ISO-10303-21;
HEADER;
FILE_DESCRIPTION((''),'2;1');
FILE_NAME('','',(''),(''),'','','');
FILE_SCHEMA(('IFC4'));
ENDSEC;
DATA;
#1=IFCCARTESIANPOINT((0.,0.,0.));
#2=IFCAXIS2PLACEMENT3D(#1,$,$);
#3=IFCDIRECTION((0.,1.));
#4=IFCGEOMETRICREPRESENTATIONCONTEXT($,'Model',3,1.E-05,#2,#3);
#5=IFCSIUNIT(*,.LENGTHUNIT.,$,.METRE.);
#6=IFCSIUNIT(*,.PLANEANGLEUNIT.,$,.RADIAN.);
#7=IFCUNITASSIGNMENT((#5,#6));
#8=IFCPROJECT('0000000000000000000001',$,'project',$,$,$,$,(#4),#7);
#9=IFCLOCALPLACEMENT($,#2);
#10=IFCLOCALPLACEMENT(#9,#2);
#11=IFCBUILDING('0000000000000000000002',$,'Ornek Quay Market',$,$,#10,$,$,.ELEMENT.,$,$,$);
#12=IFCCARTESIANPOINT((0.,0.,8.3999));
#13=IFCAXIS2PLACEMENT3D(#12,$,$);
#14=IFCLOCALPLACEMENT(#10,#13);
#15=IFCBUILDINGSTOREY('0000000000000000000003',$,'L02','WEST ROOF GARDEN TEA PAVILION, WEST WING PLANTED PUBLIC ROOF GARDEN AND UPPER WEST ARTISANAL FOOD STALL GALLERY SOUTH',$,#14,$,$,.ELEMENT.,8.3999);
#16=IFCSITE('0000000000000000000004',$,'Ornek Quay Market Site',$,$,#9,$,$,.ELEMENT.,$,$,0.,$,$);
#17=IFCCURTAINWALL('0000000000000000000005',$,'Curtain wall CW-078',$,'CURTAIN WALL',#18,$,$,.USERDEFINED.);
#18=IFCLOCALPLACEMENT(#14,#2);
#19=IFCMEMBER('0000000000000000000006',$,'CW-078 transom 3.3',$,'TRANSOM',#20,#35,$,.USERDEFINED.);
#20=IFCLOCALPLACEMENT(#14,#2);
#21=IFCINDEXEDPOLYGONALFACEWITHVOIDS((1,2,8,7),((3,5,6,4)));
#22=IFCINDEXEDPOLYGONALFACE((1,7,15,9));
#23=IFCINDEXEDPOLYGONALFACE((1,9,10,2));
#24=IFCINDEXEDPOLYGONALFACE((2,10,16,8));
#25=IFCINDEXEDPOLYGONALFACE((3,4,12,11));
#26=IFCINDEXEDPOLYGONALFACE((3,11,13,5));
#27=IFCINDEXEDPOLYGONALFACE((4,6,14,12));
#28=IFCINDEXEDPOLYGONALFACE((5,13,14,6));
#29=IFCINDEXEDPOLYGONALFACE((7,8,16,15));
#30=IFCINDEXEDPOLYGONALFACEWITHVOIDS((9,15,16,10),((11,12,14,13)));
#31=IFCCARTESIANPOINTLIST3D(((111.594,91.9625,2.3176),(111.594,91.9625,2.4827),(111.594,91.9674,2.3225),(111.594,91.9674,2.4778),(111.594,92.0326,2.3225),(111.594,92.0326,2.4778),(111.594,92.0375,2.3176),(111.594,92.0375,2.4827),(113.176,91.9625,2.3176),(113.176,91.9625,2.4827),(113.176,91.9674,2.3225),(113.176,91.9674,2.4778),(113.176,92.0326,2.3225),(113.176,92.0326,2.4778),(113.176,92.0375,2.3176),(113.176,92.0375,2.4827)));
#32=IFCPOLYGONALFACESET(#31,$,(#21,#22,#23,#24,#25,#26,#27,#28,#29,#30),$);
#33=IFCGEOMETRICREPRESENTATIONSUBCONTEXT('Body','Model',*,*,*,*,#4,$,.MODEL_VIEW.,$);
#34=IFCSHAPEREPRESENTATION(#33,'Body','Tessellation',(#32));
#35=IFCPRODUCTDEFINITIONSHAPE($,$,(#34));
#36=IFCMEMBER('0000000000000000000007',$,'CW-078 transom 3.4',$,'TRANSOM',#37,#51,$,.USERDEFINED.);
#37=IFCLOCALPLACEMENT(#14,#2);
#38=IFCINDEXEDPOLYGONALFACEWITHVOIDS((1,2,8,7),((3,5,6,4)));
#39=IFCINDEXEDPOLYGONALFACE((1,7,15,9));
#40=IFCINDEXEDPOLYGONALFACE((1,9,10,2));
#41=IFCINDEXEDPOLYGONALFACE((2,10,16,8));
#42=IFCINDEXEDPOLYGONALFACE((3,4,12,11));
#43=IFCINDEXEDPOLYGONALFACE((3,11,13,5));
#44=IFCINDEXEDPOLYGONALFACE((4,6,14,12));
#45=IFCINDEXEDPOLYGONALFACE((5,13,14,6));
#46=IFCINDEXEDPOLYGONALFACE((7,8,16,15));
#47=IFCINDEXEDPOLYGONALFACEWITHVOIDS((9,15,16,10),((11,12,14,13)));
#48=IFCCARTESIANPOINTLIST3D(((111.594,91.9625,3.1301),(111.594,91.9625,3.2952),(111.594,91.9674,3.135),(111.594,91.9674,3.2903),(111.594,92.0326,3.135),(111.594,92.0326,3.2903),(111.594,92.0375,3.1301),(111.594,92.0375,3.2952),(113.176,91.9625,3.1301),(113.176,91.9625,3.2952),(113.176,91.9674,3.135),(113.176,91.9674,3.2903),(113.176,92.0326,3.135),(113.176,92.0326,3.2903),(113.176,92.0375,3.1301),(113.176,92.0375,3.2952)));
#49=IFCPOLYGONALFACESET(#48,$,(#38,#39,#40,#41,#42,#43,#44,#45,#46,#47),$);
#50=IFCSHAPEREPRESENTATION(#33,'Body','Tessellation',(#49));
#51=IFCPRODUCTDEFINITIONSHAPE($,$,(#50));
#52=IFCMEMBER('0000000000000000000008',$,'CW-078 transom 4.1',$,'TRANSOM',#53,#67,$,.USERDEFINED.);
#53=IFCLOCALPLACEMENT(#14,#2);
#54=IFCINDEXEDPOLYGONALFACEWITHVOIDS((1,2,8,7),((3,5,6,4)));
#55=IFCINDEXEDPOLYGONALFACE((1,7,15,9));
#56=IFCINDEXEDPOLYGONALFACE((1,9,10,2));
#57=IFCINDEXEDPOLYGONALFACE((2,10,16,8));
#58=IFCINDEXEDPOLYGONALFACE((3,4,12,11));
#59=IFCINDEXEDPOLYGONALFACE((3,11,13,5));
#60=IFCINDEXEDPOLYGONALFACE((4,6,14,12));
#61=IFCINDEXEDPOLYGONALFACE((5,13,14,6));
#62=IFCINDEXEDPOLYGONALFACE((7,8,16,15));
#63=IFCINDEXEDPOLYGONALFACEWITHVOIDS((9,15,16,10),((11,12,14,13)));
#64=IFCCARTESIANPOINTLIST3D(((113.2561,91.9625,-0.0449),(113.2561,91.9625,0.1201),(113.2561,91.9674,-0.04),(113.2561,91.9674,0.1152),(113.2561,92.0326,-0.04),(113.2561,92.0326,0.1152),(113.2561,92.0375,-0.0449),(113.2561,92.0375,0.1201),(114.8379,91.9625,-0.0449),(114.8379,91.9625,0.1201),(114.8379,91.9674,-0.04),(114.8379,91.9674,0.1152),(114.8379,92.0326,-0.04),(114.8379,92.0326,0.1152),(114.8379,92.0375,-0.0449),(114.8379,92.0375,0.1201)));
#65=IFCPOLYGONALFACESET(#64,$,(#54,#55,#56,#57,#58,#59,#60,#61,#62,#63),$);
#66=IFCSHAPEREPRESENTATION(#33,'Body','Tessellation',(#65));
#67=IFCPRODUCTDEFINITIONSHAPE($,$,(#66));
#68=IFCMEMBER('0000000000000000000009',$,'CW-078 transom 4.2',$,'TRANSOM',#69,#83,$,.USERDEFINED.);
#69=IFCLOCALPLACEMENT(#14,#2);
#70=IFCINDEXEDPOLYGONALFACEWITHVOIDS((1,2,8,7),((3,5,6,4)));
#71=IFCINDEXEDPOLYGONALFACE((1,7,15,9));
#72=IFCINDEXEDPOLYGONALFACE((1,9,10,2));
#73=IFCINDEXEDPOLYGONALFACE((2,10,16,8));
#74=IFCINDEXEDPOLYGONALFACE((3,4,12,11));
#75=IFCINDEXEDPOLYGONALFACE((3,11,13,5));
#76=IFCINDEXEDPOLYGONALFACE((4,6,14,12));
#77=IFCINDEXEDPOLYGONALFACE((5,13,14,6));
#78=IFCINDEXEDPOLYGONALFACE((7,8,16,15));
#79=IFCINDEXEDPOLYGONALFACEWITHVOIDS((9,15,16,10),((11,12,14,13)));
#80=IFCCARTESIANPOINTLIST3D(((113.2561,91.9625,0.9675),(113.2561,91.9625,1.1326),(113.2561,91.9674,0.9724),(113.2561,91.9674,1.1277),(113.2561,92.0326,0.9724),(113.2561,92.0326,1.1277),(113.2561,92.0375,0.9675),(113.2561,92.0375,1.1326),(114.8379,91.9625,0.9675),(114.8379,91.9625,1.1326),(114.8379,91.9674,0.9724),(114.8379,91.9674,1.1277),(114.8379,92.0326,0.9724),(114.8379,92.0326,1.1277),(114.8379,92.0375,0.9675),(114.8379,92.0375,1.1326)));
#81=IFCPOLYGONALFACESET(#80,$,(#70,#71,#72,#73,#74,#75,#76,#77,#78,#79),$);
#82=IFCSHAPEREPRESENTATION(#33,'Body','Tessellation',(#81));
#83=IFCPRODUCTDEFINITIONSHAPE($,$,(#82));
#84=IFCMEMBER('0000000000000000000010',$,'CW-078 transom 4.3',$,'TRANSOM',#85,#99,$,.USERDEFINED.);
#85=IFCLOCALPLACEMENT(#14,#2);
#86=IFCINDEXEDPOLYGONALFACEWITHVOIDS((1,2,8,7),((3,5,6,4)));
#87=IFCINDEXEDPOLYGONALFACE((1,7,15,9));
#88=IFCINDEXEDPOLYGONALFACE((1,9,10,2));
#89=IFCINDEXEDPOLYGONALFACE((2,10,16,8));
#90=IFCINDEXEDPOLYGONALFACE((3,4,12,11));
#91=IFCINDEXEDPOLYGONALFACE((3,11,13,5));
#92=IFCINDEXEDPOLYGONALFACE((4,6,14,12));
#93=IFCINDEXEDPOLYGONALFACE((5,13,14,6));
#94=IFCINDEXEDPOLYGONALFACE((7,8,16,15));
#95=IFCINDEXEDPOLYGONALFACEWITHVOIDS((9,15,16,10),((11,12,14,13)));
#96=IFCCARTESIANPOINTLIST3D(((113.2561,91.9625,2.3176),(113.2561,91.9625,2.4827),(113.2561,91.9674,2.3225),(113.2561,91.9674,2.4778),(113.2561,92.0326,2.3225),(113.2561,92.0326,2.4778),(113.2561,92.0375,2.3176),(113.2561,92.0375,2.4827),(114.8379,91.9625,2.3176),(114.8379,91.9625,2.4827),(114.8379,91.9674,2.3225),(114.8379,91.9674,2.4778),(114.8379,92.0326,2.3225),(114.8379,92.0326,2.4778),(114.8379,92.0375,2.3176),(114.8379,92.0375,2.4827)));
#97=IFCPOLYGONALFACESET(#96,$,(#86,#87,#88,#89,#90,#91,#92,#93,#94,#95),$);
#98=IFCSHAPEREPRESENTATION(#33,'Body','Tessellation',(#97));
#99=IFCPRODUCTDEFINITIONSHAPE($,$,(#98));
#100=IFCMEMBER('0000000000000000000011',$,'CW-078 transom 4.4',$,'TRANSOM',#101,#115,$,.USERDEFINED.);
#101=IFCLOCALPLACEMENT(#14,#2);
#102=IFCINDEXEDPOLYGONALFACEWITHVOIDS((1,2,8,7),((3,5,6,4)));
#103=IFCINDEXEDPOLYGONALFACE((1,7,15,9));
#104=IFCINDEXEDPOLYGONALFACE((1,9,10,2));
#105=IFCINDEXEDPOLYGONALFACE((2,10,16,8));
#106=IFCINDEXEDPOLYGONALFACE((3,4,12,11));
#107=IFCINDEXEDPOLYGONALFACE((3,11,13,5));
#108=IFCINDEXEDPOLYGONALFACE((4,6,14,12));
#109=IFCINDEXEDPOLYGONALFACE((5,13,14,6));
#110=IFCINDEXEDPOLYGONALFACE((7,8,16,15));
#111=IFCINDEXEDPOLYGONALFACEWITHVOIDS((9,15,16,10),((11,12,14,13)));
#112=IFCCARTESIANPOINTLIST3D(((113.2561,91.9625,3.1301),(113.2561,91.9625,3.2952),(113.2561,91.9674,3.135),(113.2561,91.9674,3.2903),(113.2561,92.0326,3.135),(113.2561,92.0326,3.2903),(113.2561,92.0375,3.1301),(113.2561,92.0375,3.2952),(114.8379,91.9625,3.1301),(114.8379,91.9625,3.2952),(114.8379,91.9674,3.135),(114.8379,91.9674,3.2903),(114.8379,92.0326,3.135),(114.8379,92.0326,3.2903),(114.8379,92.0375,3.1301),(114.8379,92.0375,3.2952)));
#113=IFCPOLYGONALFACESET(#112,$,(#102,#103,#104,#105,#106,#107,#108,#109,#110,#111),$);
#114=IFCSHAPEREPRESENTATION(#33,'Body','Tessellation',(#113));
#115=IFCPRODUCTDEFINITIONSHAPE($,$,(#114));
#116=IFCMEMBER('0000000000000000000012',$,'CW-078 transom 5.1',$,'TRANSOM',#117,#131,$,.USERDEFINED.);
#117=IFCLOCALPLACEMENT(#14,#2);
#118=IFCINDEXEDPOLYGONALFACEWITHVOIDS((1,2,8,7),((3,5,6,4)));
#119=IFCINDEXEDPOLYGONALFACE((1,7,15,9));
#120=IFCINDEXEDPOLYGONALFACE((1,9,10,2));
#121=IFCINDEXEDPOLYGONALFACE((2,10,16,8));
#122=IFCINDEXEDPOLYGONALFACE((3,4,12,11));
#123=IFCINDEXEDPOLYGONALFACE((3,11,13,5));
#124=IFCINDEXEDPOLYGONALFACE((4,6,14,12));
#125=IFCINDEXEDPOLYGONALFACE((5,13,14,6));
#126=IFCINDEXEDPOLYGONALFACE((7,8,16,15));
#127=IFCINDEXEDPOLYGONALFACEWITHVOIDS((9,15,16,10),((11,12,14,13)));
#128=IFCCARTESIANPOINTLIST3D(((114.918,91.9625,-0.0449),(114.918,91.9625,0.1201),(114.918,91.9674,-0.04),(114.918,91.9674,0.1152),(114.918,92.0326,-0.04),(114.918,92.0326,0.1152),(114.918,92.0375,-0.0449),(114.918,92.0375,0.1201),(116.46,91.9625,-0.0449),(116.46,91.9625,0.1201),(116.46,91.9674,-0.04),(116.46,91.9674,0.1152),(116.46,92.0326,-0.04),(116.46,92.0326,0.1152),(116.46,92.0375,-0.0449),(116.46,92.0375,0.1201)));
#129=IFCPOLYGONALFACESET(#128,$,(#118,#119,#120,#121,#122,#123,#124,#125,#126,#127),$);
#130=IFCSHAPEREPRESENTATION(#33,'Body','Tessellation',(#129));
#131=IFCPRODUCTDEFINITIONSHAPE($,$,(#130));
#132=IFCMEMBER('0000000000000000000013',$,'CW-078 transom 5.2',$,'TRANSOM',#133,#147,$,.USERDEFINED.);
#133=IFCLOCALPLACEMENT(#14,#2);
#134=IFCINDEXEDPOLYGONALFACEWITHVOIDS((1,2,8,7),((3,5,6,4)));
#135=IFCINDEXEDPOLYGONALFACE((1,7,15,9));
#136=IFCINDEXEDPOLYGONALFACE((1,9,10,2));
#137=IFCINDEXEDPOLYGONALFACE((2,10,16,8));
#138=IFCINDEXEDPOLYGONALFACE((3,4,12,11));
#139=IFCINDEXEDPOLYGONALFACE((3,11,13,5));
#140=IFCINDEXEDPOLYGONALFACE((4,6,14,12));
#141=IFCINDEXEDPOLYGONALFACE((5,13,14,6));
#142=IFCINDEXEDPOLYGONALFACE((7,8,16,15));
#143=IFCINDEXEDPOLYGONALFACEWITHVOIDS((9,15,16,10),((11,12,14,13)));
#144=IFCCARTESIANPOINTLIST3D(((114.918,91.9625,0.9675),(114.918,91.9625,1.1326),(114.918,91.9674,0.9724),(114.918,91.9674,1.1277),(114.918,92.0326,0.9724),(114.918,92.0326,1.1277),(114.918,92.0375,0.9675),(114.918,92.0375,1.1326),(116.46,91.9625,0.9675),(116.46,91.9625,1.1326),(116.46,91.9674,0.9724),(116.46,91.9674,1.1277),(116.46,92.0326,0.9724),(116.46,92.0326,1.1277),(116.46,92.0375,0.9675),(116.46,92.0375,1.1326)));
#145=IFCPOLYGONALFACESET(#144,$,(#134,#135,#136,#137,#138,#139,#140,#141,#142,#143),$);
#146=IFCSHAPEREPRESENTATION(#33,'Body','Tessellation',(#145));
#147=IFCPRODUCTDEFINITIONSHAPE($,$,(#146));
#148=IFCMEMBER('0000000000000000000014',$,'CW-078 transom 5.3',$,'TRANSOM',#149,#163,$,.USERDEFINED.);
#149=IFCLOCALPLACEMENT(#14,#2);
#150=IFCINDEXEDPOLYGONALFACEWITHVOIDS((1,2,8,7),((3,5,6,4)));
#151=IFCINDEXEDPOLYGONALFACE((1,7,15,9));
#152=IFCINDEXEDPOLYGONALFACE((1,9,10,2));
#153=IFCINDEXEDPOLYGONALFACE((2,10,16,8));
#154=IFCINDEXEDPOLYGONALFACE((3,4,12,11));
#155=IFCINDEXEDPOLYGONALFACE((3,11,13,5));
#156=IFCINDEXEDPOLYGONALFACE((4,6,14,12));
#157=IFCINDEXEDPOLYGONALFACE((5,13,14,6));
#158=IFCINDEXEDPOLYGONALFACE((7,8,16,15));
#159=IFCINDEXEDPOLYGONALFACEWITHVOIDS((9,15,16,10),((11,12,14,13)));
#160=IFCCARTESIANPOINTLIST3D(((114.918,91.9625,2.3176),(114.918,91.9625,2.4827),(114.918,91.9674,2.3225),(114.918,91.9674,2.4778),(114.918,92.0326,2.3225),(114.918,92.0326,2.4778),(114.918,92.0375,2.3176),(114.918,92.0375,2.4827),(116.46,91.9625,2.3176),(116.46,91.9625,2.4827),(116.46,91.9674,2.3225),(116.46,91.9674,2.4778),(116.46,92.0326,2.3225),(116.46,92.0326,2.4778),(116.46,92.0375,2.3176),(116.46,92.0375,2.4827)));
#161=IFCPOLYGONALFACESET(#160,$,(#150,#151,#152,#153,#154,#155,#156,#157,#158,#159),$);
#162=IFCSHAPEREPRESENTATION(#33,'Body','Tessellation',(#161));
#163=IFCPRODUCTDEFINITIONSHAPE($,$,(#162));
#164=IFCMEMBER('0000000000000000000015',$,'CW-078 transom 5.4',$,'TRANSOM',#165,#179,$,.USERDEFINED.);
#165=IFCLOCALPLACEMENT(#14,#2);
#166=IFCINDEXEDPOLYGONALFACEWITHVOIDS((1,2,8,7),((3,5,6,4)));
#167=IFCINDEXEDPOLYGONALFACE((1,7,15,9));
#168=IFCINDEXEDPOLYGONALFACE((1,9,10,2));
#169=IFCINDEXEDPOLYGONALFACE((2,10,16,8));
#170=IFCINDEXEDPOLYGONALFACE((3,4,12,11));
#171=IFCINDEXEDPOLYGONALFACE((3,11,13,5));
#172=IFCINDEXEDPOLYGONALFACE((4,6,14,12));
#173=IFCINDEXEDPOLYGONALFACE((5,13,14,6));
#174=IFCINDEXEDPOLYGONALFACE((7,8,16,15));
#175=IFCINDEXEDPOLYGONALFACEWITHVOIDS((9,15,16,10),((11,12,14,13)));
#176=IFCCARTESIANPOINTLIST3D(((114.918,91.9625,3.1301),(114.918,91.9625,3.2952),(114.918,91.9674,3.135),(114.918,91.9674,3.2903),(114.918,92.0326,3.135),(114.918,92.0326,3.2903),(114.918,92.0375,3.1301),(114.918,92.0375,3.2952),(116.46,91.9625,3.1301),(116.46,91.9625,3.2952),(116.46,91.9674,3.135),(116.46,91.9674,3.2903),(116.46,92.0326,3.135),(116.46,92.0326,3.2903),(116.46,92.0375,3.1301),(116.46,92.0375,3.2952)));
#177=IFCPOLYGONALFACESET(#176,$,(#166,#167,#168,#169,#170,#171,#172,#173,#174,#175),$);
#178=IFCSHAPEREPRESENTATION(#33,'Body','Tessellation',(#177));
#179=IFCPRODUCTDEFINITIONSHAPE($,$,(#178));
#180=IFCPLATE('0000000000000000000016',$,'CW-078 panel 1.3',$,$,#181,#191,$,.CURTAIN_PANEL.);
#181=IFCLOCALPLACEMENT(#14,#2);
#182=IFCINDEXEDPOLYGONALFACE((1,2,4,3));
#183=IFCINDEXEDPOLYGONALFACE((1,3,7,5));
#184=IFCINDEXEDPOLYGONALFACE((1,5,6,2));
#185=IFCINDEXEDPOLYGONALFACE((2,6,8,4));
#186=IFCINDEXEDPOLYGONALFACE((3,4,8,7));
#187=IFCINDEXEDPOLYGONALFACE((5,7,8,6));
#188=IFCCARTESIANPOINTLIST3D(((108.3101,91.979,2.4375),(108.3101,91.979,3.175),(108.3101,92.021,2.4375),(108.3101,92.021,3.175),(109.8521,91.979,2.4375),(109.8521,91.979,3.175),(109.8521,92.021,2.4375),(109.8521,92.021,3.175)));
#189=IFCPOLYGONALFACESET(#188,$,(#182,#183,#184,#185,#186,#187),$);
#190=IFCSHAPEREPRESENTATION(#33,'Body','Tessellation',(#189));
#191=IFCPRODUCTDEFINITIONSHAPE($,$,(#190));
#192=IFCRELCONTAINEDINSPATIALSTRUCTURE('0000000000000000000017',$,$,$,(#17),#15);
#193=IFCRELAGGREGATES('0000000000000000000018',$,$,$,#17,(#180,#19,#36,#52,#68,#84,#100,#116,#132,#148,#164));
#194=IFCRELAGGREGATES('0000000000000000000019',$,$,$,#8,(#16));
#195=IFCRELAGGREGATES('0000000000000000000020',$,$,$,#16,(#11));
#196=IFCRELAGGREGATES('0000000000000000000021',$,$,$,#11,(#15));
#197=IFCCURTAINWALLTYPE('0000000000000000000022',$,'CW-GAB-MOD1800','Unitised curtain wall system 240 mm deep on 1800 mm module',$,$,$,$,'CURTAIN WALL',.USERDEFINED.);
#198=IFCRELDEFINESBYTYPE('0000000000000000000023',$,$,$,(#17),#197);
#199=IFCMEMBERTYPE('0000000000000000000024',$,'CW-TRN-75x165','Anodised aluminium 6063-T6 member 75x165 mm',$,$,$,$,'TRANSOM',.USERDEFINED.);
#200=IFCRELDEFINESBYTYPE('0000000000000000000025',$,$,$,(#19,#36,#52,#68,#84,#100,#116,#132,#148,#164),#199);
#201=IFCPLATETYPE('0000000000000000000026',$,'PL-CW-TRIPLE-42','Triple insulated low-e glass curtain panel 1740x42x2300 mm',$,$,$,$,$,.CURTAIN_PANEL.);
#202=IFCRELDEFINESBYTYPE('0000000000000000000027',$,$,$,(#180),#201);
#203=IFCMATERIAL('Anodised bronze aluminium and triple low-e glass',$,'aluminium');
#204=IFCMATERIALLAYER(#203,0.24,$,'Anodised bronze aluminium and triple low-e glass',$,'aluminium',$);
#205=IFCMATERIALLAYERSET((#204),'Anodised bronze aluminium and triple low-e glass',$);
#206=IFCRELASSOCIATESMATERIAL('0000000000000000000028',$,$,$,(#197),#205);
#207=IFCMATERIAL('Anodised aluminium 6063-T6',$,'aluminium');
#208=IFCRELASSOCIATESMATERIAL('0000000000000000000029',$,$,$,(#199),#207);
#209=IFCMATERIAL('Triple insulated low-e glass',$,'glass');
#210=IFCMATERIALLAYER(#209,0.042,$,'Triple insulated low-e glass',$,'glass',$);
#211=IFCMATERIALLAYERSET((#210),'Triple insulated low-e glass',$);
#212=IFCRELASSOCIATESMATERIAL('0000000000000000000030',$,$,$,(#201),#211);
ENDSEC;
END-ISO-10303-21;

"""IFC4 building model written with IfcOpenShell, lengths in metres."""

from ifc_helpers import new_model, si_unit, direction, frame, origin, origin_2d, place, context, subcontext, project, spatial, rectangle, hollow_rectangle, extrude, material, layer, layer_set, material_profile, profile_set, type_object, element, aggregate, save


model = new_model("IFC4")

# Units and contexts
model_context = context("Model", 3, precision=1e-05, world=origin(), true_north=direction((0.0, 1.0)))
body_context = subcontext(model_context, "Body", "Model", "MODEL_VIEW")
ifc_project = project(units=[si_unit("LENGTHUNIT", "METRE"), si_unit("PLANEANGLEUNIT", "RADIAN")], contexts=[model_context])

# Site, building, storey
site_placement = place(None, origin())
site = spatial("IfcSite", under=ifc_project, at=site_placement, Name="Ornek Quay Market Site", CompositionType="ELEMENT", RefElevation=0.0)
building_placement = place(site_placement, origin())
building = spatial("IfcBuilding", under=site, at=building_placement, Name="Ornek Quay Market", CompositionType="ELEMENT")
storey_placement = place(building_placement, frame((0.0, 0.0, 8.3999)))
storey = spatial("IfcBuildingStorey", under=building, at=storey_placement, Name="L02", Description="WEST ROOF GARDEN TEA PAVILION, WEST WING PLANTED PUBLIC ROOF GARDEN AND UPPER WEST ARTISANAL FOOD STALL GALLERY SOUTH", CompositionType="ELEMENT", Elevation=8.3999)

# Curtain wall, members, plate
ifc_material_1 = material(Name="Anodised bronze aluminium and triple low-e glass", Category="aluminium")
ifc_layer_1 = layer(ifc_material_1, 0.24, Name="Anodised bronze aluminium and triple low-e glass", Category="aluminium")
ifc_layer_set_1 = layer_set([ifc_layer_1], Name="Anodised bronze aluminium and triple low-e glass")
curtain_wall_type = type_object("IfcCurtainWallType", Name="CW-GAB-MOD1800", Description="Unitised curtain wall system 240 mm deep on 1800 mm module", ElementType="CURTAIN WALL", PredefinedType="USERDEFINED", material=ifc_layer_set_1)
curtain_wall_placement = place(storey_placement, origin())
curtain_wall = element("IfcCurtainWall", 1, at=curtain_wall_placement, inside=storey, type_object=curtain_wall_type, Name="Curtain wall CW-078", ObjectType="CURTAIN WALL", PredefinedType="USERDEFINED")
ifc_material_2 = material(Name="Anodised aluminium 6063-T6", Category="aluminium")
ifc_material_profile_1 = material_profile(ifc_material_2, hollow_rectangle(XDim=0.075, YDim=0.165, WallThickness=0.0049, at=origin_2d()), Name="CW-TRN-75x165", Category="aluminium")
ifc_profile_set_1 = profile_set([ifc_material_profile_1], Name="Anodised aluminium 6063-T6")
member_type_1 = type_object("IfcMemberType", Name="CW-TRN-75x165", Description="Anodised aluminium 6063-T6 member 75x165 mm", ElementType="TRANSOM", PredefinedType="USERDEFINED", material=ifc_profile_set_1)
member_1_placement = place(storey_placement, frame((111.594, 92.0, 2.4001), z_axis=(1.0, 0.0, 0.0), x_axis=(0.0, 1.0, 0.0)))
member_1 = element("IfcMember", 2, at=member_1_placement, type_object=member_type_1, Name="CW-078 transom 3.3", ObjectType="TRANSOM", PredefinedType="USERDEFINED", context=body_context, shape_type="SweptSolid", body=[
    extrude(hollow_rectangle(XDim=0.075, YDim=0.165, WallThickness=0.0049, at=origin_2d()), origin(), (0.0, 0.0, 1.0), 1.582),
])
member_2_placement = place(storey_placement, frame((111.594, 92.0, 3.2126), z_axis=(1.0, 0.0, 0.0), x_axis=(0.0, 1.0, 0.0)))
member_2 = element("IfcMember", 3, at=member_2_placement, type_object=member_type_1, Name="CW-078 transom 3.4", ObjectType="TRANSOM", PredefinedType="USERDEFINED", context=body_context, shape_type="SweptSolid", body=[
    extrude(hollow_rectangle(XDim=0.075, YDim=0.165, WallThickness=0.0049, at=origin_2d()), origin(), (0.0, 0.0, 1.0), 1.582),
])
member_3_placement = place(storey_placement, frame((113.2561, 92.0, 0.0376), z_axis=(1.0, 0.0, 0.0), x_axis=(0.0, 1.0, 0.0)))
member_3 = element("IfcMember", 4, at=member_3_placement, type_object=member_type_1, Name="CW-078 transom 4.1", ObjectType="TRANSOM", PredefinedType="USERDEFINED", context=body_context, shape_type="SweptSolid", body=[
    extrude(hollow_rectangle(XDim=0.075, YDim=0.165, WallThickness=0.0049, at=origin_2d()), origin(), (0.0, 0.0, 1.0), 1.5818),
])
member_4_placement = place(storey_placement, frame((113.2561, 92.0, 1.05), z_axis=(1.0, 0.0, 0.0), x_axis=(0.0, 1.0, 0.0)))
member_4 = element("IfcMember", 5, at=member_4_placement, type_object=member_type_1, Name="CW-078 transom 4.2", ObjectType="TRANSOM", PredefinedType="USERDEFINED", context=body_context, shape_type="SweptSolid", body=[
    extrude(hollow_rectangle(XDim=0.075, YDim=0.165, WallThickness=0.0049, at=origin_2d()), origin(), (0.0, 0.0, 1.0), 1.5818),
])
member_5_placement = place(storey_placement, frame((113.2561, 92.0, 2.4001), z_axis=(1.0, 0.0, 0.0), x_axis=(0.0, 1.0, 0.0)))
member_5 = element("IfcMember", 6, at=member_5_placement, type_object=member_type_1, Name="CW-078 transom 4.3", ObjectType="TRANSOM", PredefinedType="USERDEFINED", context=body_context, shape_type="SweptSolid", body=[
    extrude(hollow_rectangle(XDim=0.075, YDim=0.165, WallThickness=0.0049, at=origin_2d()), origin(), (0.0, 0.0, 1.0), 1.5818),
])
member_6_placement = place(storey_placement, frame((113.2561, 92.0, 3.2126), z_axis=(1.0, 0.0, 0.0), x_axis=(0.0, 1.0, 0.0)))
member_6 = element("IfcMember", 7, at=member_6_placement, type_object=member_type_1, Name="CW-078 transom 4.4", ObjectType="TRANSOM", PredefinedType="USERDEFINED", context=body_context, shape_type="SweptSolid", body=[
    extrude(hollow_rectangle(XDim=0.075, YDim=0.165, WallThickness=0.0049, at=origin_2d()), origin(), (0.0, 0.0, 1.0), 1.5818),
])
member_7_placement = place(storey_placement, frame((114.918, 92.0, 0.0376), z_axis=(1.0, 0.0, 0.0), x_axis=(0.0, 1.0, 0.0)))
member_7 = element("IfcMember", 8, at=member_7_placement, type_object=member_type_1, Name="CW-078 transom 5.1", ObjectType="TRANSOM", PredefinedType="USERDEFINED", context=body_context, shape_type="SweptSolid", body=[
    extrude(hollow_rectangle(XDim=0.075, YDim=0.165, WallThickness=0.0049, at=origin_2d()), origin(), (0.0, 0.0, 1.0), 1.542),
])
member_8_placement = place(storey_placement, frame((114.918, 92.0, 1.05), z_axis=(1.0, 0.0, 0.0), x_axis=(0.0, 1.0, 0.0)))
member_8 = element("IfcMember", 9, at=member_8_placement, type_object=member_type_1, Name="CW-078 transom 5.2", ObjectType="TRANSOM", PredefinedType="USERDEFINED", context=body_context, shape_type="SweptSolid", body=[
    extrude(hollow_rectangle(XDim=0.075, YDim=0.165, WallThickness=0.0049, at=origin_2d()), origin(), (0.0, 0.0, 1.0), 1.542),
])
member_9_placement = place(storey_placement, frame((114.918, 92.0, 2.4001), z_axis=(1.0, 0.0, 0.0), x_axis=(0.0, 1.0, 0.0)))
member_9 = element("IfcMember", 10, at=member_9_placement, type_object=member_type_1, Name="CW-078 transom 5.3", ObjectType="TRANSOM", PredefinedType="USERDEFINED", context=body_context, shape_type="SweptSolid", body=[
    extrude(hollow_rectangle(XDim=0.075, YDim=0.165, WallThickness=0.0049, at=origin_2d()), origin(), (0.0, 0.0, 1.0), 1.542),
])
member_10_placement = place(storey_placement, frame((114.918, 92.0, 3.2126), z_axis=(1.0, 0.0, 0.0), x_axis=(0.0, 1.0, 0.0)))
member_10 = element("IfcMember", 11, at=member_10_placement, type_object=member_type_1, Name="CW-078 transom 5.4", ObjectType="TRANSOM", PredefinedType="USERDEFINED", context=body_context, shape_type="SweptSolid", body=[
    extrude(hollow_rectangle(XDim=0.075, YDim=0.165, WallThickness=0.0049, at=origin_2d()), origin(), (0.0, 0.0, 1.0), 1.542),
])
ifc_material_3 = material(Name="Triple insulated low-e glass", Category="glass")
ifc_layer_2 = layer(ifc_material_3, 0.042, Name="Triple insulated low-e glass", Category="glass")
ifc_layer_set_2 = layer_set([ifc_layer_2], Name="Triple insulated low-e glass")
plate_type = type_object("IfcPlateType", Name="PL-CW-TRIPLE-42", Description="Triple insulated low-e glass curtain panel 1740x42x2300 mm", PredefinedType="CURTAIN_PANEL", material=ifc_layer_set_2)
plate_1_placement = place(storey_placement, frame((109.0811, 92.0, 2.4375), z_axis=(0.0, 0.0, 1.0), x_axis=(1.0, 0.0, 0.0)))
plate_1 = element("IfcPlate", 12, at=plate_1_placement, type_object=plate_type, Name="CW-078 panel 1.3", PredefinedType="CURTAIN_PANEL", context=body_context, shape_type="SweptSolid", body=[
    extrude(rectangle(XDim=1.542, YDim=0.042, at=origin_2d()), origin(), (0.0, 0.0, 1.0), 0.7375),
])
aggregate(curtain_wall, [plate_1, member_1, member_2, member_3, member_4, member_5, member_6, member_7, member_8, member_9, member_10])

save(model, "model.ifc")
